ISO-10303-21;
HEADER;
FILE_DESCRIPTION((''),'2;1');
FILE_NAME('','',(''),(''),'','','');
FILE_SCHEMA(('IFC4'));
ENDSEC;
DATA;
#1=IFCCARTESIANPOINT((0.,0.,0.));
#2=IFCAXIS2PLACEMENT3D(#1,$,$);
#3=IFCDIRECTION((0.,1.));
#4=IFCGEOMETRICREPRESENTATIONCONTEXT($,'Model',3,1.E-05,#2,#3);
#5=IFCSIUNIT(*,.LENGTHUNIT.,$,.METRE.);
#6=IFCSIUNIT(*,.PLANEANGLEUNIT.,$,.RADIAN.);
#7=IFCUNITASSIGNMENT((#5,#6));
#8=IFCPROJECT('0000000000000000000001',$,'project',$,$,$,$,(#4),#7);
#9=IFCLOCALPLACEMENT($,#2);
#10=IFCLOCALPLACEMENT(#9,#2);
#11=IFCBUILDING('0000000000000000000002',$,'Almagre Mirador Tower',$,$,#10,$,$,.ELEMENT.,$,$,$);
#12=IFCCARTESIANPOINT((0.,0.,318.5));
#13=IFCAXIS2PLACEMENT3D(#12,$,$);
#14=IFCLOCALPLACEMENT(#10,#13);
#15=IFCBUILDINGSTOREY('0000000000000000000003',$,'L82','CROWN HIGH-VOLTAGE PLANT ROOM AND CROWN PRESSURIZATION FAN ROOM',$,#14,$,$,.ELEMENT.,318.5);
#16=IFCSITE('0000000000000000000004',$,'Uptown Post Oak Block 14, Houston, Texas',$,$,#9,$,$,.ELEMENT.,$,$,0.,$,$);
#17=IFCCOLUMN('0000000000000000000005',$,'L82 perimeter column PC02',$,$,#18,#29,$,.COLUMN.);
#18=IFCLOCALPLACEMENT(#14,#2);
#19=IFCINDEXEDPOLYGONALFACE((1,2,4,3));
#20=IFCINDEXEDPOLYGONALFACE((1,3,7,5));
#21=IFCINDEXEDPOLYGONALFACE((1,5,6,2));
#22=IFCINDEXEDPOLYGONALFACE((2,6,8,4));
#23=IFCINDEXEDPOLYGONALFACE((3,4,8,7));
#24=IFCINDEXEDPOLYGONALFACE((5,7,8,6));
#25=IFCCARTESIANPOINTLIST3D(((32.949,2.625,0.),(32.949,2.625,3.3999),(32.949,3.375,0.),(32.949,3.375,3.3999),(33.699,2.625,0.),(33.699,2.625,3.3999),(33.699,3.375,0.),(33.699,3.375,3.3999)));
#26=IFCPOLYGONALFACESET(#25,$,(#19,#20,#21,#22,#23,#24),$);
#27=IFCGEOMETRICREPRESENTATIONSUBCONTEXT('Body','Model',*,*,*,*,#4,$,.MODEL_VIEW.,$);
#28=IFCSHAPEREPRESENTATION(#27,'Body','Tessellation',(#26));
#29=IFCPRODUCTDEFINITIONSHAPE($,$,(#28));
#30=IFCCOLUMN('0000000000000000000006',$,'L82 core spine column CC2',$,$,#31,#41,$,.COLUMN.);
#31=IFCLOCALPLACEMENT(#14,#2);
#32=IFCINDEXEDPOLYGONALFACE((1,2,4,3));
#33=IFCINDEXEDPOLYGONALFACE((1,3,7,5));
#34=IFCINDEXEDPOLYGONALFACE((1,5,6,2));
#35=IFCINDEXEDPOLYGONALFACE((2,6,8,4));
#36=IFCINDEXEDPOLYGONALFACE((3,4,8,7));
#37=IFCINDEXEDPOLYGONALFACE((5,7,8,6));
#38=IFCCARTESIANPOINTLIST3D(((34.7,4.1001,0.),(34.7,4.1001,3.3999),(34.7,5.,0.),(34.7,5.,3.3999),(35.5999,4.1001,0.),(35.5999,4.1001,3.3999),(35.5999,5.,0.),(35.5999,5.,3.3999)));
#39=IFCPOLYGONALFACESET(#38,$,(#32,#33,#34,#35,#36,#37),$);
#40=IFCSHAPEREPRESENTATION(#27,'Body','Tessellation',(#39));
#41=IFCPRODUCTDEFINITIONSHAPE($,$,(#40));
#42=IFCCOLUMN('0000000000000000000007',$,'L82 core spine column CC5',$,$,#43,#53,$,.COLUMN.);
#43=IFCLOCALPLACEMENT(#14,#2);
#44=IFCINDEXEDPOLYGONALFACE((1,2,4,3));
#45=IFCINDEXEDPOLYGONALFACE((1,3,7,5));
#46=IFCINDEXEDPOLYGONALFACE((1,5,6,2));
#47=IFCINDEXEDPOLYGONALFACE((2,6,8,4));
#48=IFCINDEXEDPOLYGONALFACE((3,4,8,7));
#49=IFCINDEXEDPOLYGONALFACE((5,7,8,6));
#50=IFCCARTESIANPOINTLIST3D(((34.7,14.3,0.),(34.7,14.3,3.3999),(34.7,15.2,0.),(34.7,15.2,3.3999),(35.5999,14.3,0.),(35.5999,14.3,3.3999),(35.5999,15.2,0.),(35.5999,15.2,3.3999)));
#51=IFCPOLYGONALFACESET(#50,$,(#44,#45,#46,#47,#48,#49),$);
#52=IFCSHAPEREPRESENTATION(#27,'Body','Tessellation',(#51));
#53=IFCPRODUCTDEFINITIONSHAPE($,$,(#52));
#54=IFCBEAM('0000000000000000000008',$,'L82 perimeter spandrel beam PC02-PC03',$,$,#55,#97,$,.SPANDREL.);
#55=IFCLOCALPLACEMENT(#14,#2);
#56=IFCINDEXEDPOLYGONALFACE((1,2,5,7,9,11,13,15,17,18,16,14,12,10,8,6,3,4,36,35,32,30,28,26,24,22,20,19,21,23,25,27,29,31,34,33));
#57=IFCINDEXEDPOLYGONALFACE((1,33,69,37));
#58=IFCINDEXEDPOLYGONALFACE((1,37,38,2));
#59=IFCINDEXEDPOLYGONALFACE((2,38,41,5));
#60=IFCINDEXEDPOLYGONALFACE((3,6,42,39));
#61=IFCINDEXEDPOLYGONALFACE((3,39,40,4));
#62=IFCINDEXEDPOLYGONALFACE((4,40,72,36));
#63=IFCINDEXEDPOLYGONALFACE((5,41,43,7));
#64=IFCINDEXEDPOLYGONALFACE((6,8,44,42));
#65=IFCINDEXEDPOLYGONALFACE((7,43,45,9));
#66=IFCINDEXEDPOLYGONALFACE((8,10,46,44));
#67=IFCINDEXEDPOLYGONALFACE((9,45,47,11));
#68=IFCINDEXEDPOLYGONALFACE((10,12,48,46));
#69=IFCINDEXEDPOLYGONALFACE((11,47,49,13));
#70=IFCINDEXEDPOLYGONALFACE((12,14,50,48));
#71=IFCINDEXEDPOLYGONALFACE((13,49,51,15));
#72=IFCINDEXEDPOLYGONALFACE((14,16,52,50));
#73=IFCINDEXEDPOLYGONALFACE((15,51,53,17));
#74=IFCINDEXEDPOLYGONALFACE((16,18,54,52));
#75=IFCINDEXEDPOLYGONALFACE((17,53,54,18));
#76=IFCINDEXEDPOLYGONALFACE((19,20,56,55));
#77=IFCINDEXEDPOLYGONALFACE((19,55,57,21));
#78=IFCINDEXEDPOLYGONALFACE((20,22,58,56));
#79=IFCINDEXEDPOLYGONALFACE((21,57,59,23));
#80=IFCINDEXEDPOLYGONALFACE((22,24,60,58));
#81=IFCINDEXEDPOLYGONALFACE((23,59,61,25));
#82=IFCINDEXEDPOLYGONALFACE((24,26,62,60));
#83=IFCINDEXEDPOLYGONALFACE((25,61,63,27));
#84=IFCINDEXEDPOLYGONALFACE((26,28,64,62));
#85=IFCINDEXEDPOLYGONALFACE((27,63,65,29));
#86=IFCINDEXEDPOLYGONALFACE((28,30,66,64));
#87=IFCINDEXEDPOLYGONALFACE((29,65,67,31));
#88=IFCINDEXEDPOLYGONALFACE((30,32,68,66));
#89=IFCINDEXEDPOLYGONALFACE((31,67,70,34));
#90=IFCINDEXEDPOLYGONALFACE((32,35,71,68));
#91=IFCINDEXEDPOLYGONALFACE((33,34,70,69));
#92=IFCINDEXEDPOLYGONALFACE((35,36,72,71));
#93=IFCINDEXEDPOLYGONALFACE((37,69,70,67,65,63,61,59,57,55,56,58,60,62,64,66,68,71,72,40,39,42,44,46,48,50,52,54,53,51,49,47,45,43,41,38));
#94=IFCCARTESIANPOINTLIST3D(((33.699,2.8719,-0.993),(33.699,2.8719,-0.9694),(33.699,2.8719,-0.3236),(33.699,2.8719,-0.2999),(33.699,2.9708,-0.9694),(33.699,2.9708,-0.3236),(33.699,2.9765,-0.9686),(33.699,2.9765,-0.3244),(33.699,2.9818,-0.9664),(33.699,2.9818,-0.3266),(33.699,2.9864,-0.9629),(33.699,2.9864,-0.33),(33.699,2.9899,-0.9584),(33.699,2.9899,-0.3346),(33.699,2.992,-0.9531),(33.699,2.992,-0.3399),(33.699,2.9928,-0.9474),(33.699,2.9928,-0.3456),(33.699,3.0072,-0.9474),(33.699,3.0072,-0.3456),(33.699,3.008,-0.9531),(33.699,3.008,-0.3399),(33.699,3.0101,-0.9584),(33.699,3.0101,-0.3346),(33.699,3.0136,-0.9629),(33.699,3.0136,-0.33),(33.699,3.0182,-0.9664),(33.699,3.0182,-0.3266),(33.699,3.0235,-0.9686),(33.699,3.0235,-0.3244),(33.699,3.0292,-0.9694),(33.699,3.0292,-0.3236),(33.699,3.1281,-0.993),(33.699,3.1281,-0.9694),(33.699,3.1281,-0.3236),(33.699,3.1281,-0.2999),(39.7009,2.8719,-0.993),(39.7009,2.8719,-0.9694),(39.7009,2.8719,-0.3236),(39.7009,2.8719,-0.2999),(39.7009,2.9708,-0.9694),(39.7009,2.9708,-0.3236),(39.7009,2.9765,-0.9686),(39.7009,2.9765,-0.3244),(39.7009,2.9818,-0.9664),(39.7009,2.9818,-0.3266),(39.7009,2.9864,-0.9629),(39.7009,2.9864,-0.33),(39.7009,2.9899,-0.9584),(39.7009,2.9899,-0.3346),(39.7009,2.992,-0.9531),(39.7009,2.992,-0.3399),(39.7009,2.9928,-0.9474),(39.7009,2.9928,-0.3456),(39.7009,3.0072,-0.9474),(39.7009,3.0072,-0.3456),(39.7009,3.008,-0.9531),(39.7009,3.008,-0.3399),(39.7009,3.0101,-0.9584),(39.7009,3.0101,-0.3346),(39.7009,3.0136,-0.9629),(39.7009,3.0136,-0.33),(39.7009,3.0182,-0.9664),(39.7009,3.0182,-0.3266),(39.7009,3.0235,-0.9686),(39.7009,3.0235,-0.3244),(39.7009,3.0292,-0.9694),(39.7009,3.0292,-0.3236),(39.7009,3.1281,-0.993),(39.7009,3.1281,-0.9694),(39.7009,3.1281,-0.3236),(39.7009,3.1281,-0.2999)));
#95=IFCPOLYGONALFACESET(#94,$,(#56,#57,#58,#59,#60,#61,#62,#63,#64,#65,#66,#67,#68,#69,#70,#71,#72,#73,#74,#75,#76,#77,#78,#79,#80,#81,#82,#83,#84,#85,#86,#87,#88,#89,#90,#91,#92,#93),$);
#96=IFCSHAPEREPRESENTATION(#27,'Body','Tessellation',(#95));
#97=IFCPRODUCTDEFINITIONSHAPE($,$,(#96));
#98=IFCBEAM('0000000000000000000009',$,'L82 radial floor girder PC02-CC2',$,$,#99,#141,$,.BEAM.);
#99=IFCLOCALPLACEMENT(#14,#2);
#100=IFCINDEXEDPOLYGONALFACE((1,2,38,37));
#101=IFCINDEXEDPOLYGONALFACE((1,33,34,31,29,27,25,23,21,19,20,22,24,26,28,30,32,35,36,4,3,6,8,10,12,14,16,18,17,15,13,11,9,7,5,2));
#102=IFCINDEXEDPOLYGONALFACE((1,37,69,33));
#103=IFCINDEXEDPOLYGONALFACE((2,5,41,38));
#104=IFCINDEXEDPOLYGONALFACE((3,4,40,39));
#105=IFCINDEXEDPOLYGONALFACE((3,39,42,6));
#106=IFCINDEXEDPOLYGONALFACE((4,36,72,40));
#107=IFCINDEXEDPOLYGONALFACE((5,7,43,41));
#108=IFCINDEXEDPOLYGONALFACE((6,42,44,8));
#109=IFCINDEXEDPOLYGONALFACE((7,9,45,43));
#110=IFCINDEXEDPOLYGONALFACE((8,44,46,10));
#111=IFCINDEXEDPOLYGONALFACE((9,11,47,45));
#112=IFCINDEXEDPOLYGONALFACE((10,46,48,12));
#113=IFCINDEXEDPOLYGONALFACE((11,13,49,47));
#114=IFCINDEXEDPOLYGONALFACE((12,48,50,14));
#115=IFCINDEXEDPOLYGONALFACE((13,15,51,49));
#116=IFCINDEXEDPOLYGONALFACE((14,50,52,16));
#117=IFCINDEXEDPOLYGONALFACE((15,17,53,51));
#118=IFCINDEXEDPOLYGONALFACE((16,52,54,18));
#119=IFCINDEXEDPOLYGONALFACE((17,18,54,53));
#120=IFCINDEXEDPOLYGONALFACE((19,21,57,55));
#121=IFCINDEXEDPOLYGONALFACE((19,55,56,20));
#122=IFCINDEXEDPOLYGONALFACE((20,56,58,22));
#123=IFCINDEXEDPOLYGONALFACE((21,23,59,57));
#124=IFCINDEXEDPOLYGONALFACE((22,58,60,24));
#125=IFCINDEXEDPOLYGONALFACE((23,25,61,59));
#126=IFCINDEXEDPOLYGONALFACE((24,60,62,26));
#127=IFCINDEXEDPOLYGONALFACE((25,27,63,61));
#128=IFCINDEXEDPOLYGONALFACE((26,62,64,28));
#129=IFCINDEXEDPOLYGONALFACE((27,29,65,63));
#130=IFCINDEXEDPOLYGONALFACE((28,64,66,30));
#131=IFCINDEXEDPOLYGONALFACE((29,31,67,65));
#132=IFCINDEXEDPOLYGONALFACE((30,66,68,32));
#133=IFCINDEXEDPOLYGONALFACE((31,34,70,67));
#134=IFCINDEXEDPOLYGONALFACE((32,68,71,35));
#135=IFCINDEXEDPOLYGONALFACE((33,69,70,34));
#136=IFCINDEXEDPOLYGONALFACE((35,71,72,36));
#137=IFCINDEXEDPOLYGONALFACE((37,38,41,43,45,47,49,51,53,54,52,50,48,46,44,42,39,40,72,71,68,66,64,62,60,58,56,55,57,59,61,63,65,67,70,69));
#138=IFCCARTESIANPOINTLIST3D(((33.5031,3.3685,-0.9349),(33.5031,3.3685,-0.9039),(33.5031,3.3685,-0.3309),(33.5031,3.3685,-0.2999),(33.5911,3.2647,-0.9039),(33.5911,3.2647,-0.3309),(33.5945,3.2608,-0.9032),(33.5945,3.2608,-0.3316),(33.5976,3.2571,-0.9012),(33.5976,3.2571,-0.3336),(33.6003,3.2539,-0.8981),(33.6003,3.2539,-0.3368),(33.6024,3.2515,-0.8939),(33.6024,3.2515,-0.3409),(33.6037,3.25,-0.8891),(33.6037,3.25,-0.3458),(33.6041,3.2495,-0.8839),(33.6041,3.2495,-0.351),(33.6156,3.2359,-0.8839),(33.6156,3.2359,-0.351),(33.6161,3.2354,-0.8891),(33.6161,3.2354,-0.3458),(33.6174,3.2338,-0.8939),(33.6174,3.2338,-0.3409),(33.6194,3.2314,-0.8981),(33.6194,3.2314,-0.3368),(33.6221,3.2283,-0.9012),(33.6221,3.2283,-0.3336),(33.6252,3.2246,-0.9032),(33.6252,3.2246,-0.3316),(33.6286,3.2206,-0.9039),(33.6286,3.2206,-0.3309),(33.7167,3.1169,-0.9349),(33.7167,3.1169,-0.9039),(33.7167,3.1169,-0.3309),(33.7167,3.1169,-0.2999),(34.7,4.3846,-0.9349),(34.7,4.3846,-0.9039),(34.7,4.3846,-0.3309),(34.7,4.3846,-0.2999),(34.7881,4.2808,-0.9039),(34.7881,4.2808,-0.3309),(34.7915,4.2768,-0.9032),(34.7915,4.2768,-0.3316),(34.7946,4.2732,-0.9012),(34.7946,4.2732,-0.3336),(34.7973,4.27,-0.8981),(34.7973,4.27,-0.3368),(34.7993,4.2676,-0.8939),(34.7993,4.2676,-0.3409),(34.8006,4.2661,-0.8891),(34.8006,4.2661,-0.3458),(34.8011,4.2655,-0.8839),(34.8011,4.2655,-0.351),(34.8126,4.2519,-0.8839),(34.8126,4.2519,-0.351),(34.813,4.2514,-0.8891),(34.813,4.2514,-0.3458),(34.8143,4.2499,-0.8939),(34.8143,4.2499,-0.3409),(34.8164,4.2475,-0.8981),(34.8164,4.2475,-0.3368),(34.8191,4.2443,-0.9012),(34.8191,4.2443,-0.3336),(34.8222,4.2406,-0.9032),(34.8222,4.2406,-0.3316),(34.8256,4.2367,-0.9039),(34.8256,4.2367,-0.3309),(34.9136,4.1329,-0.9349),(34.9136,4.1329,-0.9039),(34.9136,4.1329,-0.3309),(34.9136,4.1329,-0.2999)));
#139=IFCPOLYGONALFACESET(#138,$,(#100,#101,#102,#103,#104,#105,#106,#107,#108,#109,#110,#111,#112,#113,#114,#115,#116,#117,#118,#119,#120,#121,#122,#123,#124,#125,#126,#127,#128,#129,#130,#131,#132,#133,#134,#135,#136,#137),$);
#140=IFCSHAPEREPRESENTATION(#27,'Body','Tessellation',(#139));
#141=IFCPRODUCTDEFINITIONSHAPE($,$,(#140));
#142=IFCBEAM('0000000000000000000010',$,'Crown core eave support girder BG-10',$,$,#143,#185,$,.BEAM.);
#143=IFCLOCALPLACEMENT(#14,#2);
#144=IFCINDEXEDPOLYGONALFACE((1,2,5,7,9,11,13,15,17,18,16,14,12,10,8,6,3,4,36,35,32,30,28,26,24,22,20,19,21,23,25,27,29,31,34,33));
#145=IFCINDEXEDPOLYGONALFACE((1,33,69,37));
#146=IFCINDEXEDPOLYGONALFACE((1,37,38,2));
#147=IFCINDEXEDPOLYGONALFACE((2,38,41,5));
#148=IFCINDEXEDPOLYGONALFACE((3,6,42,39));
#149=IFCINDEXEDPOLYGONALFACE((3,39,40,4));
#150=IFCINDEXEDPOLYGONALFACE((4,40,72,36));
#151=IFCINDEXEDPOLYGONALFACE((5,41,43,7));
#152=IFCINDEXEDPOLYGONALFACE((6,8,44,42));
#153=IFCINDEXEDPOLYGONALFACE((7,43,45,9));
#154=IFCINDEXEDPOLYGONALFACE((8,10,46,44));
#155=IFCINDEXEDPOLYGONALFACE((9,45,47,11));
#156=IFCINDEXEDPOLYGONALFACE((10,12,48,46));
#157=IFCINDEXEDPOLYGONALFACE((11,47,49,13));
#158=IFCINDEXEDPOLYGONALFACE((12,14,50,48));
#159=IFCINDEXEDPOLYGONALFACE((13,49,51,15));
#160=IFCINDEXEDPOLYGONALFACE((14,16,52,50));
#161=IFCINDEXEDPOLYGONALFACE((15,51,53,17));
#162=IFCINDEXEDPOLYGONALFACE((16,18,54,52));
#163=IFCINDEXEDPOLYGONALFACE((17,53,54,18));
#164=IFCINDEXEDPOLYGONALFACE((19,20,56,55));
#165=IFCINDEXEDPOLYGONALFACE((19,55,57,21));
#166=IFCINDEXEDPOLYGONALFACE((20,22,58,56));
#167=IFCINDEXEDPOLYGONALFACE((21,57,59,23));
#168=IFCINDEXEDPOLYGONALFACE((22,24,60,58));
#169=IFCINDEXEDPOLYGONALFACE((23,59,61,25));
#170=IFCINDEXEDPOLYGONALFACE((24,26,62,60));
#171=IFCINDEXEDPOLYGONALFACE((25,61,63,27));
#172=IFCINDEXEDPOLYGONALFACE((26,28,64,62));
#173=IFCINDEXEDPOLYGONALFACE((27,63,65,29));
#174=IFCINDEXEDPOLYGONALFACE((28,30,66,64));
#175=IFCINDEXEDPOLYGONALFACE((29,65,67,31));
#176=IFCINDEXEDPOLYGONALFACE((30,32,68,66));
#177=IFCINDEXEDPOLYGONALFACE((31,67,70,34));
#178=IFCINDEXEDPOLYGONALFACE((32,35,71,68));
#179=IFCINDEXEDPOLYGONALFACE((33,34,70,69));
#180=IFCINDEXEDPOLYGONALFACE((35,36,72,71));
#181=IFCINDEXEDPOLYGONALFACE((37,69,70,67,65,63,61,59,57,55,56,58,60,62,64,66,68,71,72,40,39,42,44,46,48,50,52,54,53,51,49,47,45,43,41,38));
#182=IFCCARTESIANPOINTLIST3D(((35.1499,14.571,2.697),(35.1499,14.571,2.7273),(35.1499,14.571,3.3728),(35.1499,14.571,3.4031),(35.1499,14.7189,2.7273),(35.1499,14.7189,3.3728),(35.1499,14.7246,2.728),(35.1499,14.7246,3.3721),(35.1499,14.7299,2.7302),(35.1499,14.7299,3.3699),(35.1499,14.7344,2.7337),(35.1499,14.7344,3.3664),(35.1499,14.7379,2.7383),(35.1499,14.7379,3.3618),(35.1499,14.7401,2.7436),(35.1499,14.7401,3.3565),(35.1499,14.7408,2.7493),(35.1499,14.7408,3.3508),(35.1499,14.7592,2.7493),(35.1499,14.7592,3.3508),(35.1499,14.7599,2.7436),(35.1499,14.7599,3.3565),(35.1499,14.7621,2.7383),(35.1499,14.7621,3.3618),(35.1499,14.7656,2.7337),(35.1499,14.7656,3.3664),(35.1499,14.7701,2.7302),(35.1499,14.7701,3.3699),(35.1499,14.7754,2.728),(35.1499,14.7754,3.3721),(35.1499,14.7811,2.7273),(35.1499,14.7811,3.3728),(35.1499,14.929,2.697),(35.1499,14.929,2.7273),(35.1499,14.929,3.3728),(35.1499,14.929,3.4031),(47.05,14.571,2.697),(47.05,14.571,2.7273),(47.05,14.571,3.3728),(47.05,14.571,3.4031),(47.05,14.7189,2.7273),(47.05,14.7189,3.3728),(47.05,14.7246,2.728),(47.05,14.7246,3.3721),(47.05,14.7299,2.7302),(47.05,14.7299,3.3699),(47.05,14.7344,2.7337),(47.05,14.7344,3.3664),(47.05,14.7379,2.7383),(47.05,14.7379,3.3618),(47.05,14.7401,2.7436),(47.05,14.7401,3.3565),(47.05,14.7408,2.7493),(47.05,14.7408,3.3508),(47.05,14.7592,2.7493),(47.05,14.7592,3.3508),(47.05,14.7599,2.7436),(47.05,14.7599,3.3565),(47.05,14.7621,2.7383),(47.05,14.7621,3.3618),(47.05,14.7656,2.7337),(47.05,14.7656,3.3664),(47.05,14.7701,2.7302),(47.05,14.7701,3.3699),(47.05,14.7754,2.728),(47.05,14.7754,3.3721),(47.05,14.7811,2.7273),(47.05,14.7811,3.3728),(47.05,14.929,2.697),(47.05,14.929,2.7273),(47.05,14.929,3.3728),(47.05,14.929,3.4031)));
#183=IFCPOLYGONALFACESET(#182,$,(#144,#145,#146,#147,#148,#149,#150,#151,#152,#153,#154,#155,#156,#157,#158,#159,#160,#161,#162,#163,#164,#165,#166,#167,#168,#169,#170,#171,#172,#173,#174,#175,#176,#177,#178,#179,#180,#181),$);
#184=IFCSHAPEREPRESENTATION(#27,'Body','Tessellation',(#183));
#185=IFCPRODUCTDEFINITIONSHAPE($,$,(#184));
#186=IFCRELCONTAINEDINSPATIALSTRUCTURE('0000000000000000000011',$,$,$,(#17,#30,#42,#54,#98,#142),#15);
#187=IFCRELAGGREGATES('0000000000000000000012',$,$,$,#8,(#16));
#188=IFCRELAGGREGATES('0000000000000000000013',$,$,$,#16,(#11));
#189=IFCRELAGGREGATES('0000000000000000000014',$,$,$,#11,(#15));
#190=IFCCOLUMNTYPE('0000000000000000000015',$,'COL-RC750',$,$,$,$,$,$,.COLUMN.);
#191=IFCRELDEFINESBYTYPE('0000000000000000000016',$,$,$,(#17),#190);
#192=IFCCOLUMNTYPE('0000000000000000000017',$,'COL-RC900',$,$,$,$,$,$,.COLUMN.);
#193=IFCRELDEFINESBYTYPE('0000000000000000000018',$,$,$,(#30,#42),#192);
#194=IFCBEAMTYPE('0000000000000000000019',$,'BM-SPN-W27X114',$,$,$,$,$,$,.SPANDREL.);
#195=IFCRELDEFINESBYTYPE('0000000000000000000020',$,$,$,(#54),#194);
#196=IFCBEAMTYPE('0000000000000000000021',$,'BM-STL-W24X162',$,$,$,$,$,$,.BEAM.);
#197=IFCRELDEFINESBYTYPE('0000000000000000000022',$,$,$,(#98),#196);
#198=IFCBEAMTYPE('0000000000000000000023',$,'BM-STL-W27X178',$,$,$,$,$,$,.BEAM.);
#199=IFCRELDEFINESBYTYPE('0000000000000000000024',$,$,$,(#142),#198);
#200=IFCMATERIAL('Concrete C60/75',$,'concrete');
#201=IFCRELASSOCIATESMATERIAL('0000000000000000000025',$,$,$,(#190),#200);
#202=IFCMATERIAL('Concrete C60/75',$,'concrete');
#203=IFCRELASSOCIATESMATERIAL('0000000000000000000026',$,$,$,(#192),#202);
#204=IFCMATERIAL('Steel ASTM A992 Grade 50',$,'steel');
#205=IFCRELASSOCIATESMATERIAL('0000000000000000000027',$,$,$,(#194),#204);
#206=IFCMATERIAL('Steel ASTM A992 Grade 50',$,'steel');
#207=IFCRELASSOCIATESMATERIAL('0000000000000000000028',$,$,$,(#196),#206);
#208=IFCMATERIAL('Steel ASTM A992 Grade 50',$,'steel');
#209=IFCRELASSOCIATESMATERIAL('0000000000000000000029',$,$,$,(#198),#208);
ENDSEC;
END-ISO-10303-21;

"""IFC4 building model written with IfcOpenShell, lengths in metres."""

from ifc_helpers import new_model, si_unit, direction, frame, origin, origin_2d, place, context, subcontext, project, spatial, rectangle, i_section, extrude, material, material_profile, profile_set, type_object, element, save


model = new_model("IFC4")

# Units and contexts
model_context = context("Model", 3, precision=1e-05, world=origin(), true_north=direction((0.0, 1.0)))
body_context = subcontext(model_context, "Body", "Model", "MODEL_VIEW")
ifc_project = project(units=[si_unit("LENGTHUNIT", "METRE"), si_unit("PLANEANGLEUNIT", "RADIAN")], contexts=[model_context])

# Site, building, storey
site_placement = place(None, origin())
site = spatial("IfcSite", under=ifc_project, at=site_placement, Name="Uptown Post Oak Block 14, Houston, Texas", CompositionType="ELEMENT", RefElevation=0.0)
building_placement = place(site_placement, origin())
building = spatial("IfcBuilding", under=site, at=building_placement, Name="Almagre Mirador Tower", CompositionType="ELEMENT")
storey_placement = place(building_placement, frame((0.0, 0.0, 318.5)))
storey = spatial("IfcBuildingStorey", under=building, at=storey_placement, Name="L82", Description="CROWN HIGH-VOLTAGE PLANT ROOM AND CROWN PRESSURIZATION FAN ROOM", CompositionType="ELEMENT", Elevation=318.5)

# Columns
ifc_material_1 = material(Name="Concrete C60/75", Category="concrete")
ifc_material_profile_1 = material_profile(ifc_material_1, rectangle(XDim=0.75, YDim=0.75, at=origin_2d()), Name="RC750X750")
ifc_profile_set_1 = profile_set([ifc_material_profile_1], Name="Concrete C60/75")
column_type_1 = type_object("IfcColumnType", Name="COL-RC750", PredefinedType="COLUMN", material=ifc_profile_set_1)
column_placement = place(storey_placement, frame((33.324, 3.0, 0.0), z_axis=(0.0, 0.0, 1.0), x_axis=(1.0, 0.0, 0.0)))
element("IfcColumn", 1, at=column_placement, inside=storey, type_object=column_type_1, Name="L82 perimeter column PC02", PredefinedType="COLUMN", context=body_context, shape_type="SweptSolid", body=[
    extrude(rectangle(XDim=0.75, YDim=0.75, at=origin_2d()), origin(), (0.0, 0.0, 1.0), 3.3999),
])
ifc_material_2 = material(Name="Concrete C60/75", Category="concrete")
ifc_material_profile_2 = material_profile(ifc_material_2, rectangle(XDim=0.8999, YDim=0.8999, at=origin_2d()), Name="RC900X900")
ifc_profile_set_2 = profile_set([ifc_material_profile_2], Name="Concrete C60/75")
column_type_2 = type_object("IfcColumnType", Name="COL-RC900", PredefinedType="COLUMN", material=ifc_profile_set_2)
for number, where, z_axis, x_axis, name in (
    (2, (35.1499, 4.55, 0.0), (0.0, 0.0, 1.0), (1.0, 0.0, 0.0), "L82 core spine column CC2"),
    (3, (35.1499, 14.75, 0.0), (0.0, 0.0, 1.0), (1.0, 0.0, 0.0), "L82 core spine column CC5"),
):
    element("IfcColumn", number, at=place(storey_placement, frame(where, z_axis=z_axis, x_axis=x_axis)), inside=storey, type_object=column_type_2, Name=name, PredefinedType="COLUMN", context=body_context, shape_type="SweptSolid", body=[
        extrude(rectangle(XDim=0.8999, YDim=0.8999, at=origin_2d()), origin(), (0.0, 0.0, 1.0), 3.3999),
    ])

# Beams
ifc_material_3 = material(Name="Steel ASTM A992 Grade 50", Category="steel")
ifc_material_profile_3 = material_profile(ifc_material_3, i_section(OverallWidth=0.2561, OverallDepth=0.6931, WebThickness=0.0144, FlangeThickness=0.0237, FilletRadius=0.022, at=origin_2d()), Name="W27X114")
ifc_profile_set_3 = profile_set([ifc_material_profile_3], Name="Steel ASTM A992 Grade 50")
beam_type_1 = type_object("IfcBeamType", Name="BM-SPN-W27X114", PredefinedType="SPANDREL", material=ifc_profile_set_3)
beam_1_placement = place(storey_placement, frame((33.699, 3.0, -0.6465), z_axis=(1.0, 0.0, 0.0), x_axis=(0.0, 1.0, 0.0)))
element("IfcBeam", 4, at=beam_1_placement, inside=storey, type_object=beam_type_1, Name="L82 perimeter spandrel beam PC02-PC03", PredefinedType="SPANDREL", context=body_context, shape_type="SweptSolid", body=[
    extrude(i_section(OverallWidth=0.2561, OverallDepth=0.6931, WebThickness=0.0144, FlangeThickness=0.0237, FilletRadius=0.022, at=origin_2d()), origin(), (0.0, 0.0, 1.0), 6.002),
])
ifc_material_4 = material(Name="Steel ASTM A992 Grade 50", Category="steel")
ifc_material_profile_4 = material_profile(ifc_material_4, i_section(OverallWidth=0.3301, OverallDepth=0.635, WebThickness=0.0178, FlangeThickness=0.031, FilletRadius=0.02, at=origin_2d()), Name="W24X162")
ifc_profile_set_4 = profile_set([ifc_material_profile_4], Name="Steel ASTM A992 Grade 50")
beam_type_2 = type_object("IfcBeamType", Name="BM-STL-W24X162", PredefinedType="BEAM", material=ifc_profile_set_4)
beam_2_placement = place(storey_placement, frame((33.6099, 3.2427, -0.6174), z_axis=(0.762365, 0.647147, 0.0), x_axis=(-0.647147, 0.762365, 0.0)))
element("IfcBeam", 5, at=beam_2_placement, inside=storey, type_object=beam_type_2, Name="L82 radial floor girder PC02-CC2", PredefinedType="BEAM", context=body_context, shape_type="SweptSolid", body=[
    extrude(i_section(OverallWidth=0.3301, OverallDepth=0.635, WebThickness=0.0178, FlangeThickness=0.031, FilletRadius=0.02, at=origin_2d()), origin(), (0.0, 0.0, 1.0), 1.5701),
])
ifc_material_5 = material(Name="Steel ASTM A992 Grade 50", Category="steel")
ifc_material_profile_5 = material_profile(ifc_material_5, i_section(OverallWidth=0.3579, OverallDepth=0.7061, WebThickness=0.0183, FlangeThickness=0.0303, FilletRadius=0.022, at=origin_2d()), Name="W27X178")
ifc_profile_set_5 = profile_set([ifc_material_profile_5], Name="Steel ASTM A992 Grade 50")
beam_type_3 = type_object("IfcBeamType", Name="BM-STL-W27X178", PredefinedType="BEAM", material=ifc_profile_set_5)
beam_3_placement = place(storey_placement, frame((35.1499, 14.75, 3.05), z_axis=(1.0, 0.0, 0.0), x_axis=(0.0, 1.0, 0.0)))
element("IfcBeam", 6, at=beam_3_placement, inside=storey, type_object=beam_type_3, Name="Crown core eave support girder BG-10", PredefinedType="BEAM", context=body_context, shape_type="SweptSolid", body=[
    extrude(i_section(OverallWidth=0.3579, OverallDepth=0.7061, WebThickness=0.0183, FlangeThickness=0.0303, FilletRadius=0.022, at=origin_2d()), origin(), (0.0, 0.0, 1.0), 11.9001),
])

save(model, "model.ifc")
